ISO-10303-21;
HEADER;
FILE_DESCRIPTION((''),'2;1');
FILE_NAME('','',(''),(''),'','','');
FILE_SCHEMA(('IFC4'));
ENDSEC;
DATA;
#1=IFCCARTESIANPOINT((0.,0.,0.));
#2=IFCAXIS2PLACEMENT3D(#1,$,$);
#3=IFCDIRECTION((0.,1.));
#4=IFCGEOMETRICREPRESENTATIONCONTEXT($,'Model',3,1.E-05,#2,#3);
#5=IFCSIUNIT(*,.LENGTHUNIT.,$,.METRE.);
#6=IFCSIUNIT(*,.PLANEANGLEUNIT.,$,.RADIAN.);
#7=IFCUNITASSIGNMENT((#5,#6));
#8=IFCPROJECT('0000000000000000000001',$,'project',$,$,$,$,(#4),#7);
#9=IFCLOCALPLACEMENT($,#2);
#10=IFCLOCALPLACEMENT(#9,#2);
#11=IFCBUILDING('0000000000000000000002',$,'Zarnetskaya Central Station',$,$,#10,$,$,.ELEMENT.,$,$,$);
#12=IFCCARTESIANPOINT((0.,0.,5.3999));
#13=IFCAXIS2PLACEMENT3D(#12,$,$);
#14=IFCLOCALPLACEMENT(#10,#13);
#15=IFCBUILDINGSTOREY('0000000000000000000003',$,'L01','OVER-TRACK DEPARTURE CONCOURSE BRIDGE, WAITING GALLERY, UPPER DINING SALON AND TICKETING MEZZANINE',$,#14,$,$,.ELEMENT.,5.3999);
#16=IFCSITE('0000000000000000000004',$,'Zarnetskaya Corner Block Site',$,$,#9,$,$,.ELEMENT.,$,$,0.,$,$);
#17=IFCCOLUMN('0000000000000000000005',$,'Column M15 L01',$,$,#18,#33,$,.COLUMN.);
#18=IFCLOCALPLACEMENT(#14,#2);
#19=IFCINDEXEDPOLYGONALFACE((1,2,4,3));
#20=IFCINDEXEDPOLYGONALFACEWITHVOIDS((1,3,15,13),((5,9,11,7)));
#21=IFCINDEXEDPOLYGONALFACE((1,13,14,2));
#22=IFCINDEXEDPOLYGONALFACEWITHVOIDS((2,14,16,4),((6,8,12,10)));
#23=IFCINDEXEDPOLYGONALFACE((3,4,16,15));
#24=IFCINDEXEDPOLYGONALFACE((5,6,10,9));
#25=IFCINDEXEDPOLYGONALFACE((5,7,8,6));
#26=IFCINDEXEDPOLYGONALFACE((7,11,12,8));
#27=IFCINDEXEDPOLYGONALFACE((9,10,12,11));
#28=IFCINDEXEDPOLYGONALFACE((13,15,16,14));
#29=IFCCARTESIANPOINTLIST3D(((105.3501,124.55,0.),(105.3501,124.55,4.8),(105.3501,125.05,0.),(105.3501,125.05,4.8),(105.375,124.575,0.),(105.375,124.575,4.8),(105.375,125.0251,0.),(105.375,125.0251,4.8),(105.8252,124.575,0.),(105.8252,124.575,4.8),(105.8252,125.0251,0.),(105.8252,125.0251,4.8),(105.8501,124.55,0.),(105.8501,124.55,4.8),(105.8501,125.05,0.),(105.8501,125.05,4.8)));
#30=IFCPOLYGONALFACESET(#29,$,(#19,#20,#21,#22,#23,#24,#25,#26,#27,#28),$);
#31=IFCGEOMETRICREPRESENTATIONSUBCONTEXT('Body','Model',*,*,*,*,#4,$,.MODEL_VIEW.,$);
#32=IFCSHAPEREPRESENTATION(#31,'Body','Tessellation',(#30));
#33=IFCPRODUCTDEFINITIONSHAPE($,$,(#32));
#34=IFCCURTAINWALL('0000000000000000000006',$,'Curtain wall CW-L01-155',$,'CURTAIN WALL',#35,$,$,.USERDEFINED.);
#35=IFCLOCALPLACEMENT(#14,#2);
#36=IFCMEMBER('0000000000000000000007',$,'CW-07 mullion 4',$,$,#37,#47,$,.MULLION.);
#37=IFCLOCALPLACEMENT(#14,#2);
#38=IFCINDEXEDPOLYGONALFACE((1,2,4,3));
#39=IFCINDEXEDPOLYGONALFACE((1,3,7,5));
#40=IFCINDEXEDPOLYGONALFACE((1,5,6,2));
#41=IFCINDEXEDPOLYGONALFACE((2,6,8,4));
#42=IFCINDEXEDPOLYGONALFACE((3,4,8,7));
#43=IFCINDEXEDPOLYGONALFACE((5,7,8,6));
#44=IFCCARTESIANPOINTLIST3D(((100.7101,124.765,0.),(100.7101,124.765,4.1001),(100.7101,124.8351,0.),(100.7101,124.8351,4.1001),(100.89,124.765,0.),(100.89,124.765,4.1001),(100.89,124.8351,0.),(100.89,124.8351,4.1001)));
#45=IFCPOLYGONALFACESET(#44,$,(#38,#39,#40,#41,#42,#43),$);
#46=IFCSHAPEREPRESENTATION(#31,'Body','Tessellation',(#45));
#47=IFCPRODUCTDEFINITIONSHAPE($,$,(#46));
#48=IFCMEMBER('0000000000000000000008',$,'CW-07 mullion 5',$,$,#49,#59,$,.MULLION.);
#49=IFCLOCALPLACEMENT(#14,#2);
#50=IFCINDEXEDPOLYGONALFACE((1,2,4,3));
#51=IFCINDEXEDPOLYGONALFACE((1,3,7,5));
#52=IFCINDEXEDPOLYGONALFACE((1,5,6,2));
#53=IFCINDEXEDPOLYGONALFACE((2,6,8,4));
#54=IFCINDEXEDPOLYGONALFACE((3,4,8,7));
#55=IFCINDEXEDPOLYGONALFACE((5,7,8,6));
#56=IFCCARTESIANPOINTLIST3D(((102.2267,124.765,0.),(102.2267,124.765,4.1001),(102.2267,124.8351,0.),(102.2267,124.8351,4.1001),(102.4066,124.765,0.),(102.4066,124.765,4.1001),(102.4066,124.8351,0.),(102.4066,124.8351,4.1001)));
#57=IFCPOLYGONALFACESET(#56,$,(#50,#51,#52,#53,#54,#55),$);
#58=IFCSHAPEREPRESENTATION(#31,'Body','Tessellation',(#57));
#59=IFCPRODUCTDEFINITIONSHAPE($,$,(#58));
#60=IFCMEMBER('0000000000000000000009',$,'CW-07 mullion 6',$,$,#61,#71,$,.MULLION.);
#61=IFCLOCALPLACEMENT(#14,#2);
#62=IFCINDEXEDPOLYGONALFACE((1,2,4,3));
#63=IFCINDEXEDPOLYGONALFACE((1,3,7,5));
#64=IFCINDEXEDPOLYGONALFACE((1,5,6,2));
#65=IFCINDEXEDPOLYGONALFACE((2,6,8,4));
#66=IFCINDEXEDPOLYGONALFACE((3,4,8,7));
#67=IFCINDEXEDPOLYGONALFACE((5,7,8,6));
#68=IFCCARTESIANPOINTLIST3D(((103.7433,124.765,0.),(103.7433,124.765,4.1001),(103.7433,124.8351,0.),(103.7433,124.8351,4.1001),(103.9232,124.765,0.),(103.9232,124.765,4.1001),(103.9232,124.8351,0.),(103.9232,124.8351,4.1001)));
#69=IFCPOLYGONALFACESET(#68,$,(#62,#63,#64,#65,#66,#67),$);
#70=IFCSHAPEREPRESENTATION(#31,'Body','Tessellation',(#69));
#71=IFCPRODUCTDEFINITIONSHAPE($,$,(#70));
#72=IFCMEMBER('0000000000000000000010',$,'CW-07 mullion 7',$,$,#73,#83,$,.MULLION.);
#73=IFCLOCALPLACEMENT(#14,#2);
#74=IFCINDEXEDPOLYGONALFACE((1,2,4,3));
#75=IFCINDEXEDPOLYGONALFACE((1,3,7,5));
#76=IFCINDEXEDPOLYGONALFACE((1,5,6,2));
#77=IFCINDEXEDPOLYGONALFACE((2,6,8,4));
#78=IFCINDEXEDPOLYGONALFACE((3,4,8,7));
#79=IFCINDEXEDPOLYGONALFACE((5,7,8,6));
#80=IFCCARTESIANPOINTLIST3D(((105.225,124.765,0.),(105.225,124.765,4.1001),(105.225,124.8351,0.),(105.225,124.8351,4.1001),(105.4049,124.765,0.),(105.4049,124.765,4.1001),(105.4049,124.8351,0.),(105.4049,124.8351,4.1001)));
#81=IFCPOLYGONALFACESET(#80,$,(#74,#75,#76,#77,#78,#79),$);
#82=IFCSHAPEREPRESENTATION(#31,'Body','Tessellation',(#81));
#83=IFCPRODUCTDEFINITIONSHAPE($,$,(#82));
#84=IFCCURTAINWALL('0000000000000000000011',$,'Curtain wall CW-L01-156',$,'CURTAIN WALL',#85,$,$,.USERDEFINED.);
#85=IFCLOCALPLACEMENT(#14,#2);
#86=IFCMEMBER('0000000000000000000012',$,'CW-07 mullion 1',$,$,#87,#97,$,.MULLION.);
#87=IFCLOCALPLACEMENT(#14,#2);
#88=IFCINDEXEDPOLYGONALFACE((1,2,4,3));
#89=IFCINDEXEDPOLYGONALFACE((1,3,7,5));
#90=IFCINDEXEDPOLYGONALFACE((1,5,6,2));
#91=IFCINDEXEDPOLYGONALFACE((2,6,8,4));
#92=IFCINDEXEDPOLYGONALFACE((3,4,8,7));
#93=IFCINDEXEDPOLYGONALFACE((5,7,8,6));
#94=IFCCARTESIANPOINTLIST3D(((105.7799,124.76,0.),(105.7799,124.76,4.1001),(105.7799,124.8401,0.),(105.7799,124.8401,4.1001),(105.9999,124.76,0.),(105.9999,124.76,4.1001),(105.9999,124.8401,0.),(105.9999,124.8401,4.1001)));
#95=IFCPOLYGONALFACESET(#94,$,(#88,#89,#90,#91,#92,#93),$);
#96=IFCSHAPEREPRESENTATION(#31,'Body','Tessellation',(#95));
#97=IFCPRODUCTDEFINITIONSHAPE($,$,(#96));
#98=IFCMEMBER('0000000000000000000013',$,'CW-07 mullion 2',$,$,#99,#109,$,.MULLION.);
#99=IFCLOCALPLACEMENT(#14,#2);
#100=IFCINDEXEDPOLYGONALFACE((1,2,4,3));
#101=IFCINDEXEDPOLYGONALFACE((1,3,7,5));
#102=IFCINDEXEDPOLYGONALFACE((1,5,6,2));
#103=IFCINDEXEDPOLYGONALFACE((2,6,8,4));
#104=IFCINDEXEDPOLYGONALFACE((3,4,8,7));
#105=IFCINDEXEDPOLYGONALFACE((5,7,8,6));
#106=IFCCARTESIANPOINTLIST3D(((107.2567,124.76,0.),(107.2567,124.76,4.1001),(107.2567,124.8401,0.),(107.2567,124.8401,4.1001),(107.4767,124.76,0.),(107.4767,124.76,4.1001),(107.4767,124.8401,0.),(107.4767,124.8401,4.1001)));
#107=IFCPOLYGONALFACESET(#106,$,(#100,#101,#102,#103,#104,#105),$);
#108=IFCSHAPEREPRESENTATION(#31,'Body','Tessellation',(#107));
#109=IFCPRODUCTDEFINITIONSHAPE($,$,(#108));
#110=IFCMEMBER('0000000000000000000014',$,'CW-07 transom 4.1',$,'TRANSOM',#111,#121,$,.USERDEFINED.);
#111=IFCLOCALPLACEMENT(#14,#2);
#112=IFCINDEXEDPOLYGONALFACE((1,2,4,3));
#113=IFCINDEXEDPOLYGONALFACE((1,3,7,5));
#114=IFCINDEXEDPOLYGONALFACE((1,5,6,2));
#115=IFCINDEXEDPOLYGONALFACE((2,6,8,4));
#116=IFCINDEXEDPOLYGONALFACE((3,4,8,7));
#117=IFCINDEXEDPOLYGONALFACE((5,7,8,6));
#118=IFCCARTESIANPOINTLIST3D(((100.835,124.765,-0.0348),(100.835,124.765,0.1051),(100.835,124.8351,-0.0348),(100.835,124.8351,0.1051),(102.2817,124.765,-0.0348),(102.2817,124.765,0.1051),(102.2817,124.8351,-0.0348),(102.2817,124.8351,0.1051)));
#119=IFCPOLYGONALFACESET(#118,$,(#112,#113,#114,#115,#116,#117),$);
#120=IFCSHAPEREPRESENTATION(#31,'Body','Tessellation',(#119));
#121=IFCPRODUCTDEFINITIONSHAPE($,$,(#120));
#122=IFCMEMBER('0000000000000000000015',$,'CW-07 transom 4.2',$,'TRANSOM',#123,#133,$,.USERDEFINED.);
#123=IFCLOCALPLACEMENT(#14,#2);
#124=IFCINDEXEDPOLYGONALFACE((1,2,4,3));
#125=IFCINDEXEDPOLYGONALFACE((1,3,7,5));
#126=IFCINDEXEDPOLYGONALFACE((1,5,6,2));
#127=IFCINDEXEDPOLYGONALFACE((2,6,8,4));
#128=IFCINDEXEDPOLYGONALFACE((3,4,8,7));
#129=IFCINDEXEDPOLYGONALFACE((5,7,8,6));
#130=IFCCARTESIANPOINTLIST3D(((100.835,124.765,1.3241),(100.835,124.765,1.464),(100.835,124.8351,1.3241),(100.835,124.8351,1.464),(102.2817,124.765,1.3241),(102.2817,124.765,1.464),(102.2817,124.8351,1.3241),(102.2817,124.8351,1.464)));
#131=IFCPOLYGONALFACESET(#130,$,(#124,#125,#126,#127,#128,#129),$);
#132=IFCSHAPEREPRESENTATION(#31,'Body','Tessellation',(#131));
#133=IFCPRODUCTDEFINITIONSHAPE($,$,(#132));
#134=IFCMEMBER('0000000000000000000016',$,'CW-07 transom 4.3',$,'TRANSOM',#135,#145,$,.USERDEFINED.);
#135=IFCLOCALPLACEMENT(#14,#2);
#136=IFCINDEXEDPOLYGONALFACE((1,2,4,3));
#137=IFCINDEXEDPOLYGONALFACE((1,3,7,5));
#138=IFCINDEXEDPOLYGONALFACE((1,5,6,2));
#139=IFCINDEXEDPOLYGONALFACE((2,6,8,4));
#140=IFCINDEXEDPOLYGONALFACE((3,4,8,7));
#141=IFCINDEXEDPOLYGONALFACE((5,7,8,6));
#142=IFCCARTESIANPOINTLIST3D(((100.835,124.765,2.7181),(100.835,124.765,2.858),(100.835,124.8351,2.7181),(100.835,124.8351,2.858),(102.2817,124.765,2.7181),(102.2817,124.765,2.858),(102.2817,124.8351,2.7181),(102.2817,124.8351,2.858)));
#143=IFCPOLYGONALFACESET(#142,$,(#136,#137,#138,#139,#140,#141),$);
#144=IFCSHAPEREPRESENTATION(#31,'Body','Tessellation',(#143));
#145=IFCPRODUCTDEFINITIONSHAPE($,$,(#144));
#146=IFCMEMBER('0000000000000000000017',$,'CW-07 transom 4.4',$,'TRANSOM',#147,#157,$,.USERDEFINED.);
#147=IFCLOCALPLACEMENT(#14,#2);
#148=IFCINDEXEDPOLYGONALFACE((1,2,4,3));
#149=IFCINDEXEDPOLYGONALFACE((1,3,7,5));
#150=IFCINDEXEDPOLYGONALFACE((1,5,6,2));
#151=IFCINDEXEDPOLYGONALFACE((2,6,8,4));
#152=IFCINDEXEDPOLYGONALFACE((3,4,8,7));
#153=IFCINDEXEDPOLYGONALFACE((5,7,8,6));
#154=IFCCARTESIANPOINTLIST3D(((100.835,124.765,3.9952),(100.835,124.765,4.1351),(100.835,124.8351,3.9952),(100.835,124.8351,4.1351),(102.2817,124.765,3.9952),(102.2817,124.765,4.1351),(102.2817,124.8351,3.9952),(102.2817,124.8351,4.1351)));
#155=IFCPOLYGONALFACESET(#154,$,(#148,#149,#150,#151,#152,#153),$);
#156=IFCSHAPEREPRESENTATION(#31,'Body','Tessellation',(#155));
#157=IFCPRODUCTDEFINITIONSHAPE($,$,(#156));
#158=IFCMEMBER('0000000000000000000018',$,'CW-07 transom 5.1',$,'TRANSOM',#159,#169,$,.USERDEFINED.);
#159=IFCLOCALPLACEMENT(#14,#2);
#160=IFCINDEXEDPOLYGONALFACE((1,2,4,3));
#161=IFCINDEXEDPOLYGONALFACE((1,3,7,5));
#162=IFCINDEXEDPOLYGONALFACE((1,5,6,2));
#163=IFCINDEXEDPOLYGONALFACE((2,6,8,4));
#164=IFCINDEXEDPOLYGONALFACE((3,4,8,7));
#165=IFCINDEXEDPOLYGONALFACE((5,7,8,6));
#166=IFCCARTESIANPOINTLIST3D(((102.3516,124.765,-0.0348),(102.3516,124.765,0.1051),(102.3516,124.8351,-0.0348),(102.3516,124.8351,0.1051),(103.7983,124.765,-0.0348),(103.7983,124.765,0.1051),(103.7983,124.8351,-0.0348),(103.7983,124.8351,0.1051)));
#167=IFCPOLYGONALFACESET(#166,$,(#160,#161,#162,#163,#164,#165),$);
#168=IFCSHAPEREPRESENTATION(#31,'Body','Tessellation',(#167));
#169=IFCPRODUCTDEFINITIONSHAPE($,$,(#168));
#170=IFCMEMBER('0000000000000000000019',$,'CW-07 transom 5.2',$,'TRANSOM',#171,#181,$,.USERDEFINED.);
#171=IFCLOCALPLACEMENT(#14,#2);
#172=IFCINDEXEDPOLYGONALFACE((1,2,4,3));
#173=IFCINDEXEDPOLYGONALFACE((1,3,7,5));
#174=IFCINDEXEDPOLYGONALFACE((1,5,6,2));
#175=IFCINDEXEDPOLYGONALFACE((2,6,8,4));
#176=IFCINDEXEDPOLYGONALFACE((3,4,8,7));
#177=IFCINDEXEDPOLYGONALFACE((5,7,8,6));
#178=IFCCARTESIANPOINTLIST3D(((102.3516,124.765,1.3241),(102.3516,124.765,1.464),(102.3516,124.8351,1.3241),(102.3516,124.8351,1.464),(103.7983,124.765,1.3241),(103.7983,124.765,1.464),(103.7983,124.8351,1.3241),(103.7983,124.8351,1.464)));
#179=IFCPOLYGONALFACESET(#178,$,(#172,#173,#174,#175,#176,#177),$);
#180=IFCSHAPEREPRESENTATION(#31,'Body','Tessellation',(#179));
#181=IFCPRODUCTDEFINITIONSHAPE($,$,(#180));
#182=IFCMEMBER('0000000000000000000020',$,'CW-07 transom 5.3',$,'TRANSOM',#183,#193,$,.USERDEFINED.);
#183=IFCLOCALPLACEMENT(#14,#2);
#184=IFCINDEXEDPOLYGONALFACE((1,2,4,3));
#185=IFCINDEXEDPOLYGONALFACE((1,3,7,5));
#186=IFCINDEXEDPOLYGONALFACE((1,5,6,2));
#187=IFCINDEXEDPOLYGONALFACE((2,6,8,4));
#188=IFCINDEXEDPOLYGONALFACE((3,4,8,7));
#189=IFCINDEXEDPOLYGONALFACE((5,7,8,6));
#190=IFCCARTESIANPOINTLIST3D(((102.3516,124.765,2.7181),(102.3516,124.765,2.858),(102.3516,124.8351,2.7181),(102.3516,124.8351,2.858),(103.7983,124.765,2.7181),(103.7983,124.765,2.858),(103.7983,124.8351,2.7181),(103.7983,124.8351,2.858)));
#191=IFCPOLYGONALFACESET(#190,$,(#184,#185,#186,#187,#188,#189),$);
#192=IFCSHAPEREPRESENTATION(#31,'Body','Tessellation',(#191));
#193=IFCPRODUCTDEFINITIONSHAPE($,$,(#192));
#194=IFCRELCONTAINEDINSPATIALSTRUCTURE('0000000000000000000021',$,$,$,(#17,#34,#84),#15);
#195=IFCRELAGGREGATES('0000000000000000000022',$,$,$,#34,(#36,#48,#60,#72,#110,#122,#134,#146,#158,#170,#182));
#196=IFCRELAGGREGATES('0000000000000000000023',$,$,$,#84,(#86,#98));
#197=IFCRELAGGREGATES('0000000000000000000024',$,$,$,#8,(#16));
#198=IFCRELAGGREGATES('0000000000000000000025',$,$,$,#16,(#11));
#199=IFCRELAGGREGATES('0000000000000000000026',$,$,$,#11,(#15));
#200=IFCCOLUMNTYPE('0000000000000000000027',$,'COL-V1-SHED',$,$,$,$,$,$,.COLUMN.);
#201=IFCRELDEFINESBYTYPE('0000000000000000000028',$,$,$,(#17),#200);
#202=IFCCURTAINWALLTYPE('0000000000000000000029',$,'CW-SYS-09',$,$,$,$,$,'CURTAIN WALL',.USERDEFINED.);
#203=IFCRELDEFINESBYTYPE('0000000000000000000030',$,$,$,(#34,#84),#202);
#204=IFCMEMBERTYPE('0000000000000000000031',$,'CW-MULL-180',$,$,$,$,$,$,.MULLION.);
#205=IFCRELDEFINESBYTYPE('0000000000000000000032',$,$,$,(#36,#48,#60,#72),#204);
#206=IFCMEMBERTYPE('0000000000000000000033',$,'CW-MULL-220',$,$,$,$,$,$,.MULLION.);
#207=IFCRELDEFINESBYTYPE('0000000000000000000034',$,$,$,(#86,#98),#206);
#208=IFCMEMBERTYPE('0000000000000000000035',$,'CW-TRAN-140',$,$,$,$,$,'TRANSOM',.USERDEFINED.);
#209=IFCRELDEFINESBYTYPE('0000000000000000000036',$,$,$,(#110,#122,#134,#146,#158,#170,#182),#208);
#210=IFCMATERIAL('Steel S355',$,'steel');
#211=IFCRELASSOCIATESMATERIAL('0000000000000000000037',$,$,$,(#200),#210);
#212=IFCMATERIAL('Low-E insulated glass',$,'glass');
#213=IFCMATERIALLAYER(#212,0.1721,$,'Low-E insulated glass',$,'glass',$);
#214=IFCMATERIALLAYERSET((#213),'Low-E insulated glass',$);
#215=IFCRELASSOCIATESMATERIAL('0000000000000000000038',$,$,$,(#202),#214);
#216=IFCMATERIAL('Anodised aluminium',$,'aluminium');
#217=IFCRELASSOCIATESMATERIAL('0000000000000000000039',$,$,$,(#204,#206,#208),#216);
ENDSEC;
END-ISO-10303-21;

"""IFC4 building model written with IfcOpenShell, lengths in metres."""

from ifc_helpers import new_model, si_unit, direction, frame, origin, origin_2d, place, context, subcontext, project, spatial, rectangle, hollow_rectangle, extrude, material, layer, layer_set, material_profile, profile_set, type_object, element, aggregate, save


model = new_model("IFC4")

# Units and contexts
model_context = context("Model", 3, precision=1e-05, world=origin(), true_north=direction((0.0, 1.0)))
body_context = subcontext(model_context, "Body", "Model", "MODEL_VIEW")
ifc_project = project(units=[si_unit("LENGTHUNIT", "METRE"), si_unit("PLANEANGLEUNIT", "RADIAN")], contexts=[model_context])

# Site, building, storey
site_placement = place(None, origin())
site = spatial("IfcSite", under=ifc_project, at=site_placement, Name="Zarnetskaya Corner Block Site", CompositionType="ELEMENT", RefElevation=0.0)
building_placement = place(site_placement, origin())
building = spatial("IfcBuilding", under=site, at=building_placement, Name="Zarnetskaya Central Station", CompositionType="ELEMENT")
storey_placement = place(building_placement, frame((0.0, 0.0, 5.3999)))
storey = spatial("IfcBuildingStorey", under=building, at=storey_placement, Name="L01", Description="OVER-TRACK DEPARTURE CONCOURSE BRIDGE, WAITING GALLERY, UPPER DINING SALON AND TICKETING MEZZANINE", CompositionType="ELEMENT", Elevation=5.3999)

# Column
ifc_material_1 = material(Name="Steel S355", Category="steel")
ifc_material_profile_1 = material_profile(ifc_material_1, hollow_rectangle(XDim=0.5, YDim=0.5, WallThickness=0.0249, at=origin_2d()), Name="BOX 500x500x25")
ifc_profile_set_1 = profile_set([ifc_material_profile_1], Name="Steel S355")
column_type = type_object("IfcColumnType", Name="COL-V1-SHED", PredefinedType="COLUMN", material=ifc_profile_set_1)
column_placement = place(storey_placement, frame((105.6001, 124.8, 0.0), z_axis=(0.0, 0.0, 1.0), x_axis=(1.0, 0.0, 0.0)))
element("IfcColumn", 1, at=column_placement, inside=storey, type_object=column_type, Name="Column M15 L01", PredefinedType="COLUMN", context=body_context, shape_type="SweptSolid", body=[
    extrude(hollow_rectangle(XDim=0.5, YDim=0.5, WallThickness=0.0249, at=origin_2d()), origin(), (0.0, 0.0, 1.0), 4.8),
])

# Curtain walls, members
ifc_material_2 = material(Name="Low-E insulated glass", Category="glass")
ifc_layer_1 = layer(ifc_material_2, 0.1721, Name="Low-E insulated glass", Category="glass")
ifc_layer_set_1 = layer_set([ifc_layer_1], Name="Low-E insulated glass")
curtain_wall_type = type_object("IfcCurtainWallType", Name="CW-SYS-09", ElementType="CURTAIN WALL", PredefinedType="USERDEFINED", material=ifc_layer_set_1)
curtain_wall_1_placement = place(storey_placement, origin())
curtain_wall_1 = element("IfcCurtainWall", 2, at=curtain_wall_1_placement, inside=storey, type_object=curtain_wall_type, Name="Curtain wall CW-L01-155", ObjectType="CURTAIN WALL", PredefinedType="USERDEFINED")
ifc_material_3 = material(Name="Anodised aluminium", Category="aluminium")
ifc_material_profile_2 = material_profile(ifc_material_3, rectangle(XDim=0.0701, YDim=0.1799, at=origin_2d()), Name="ALU MULL 70x180")
ifc_profile_set_2 = profile_set([ifc_material_profile_2], Name="Anodised aluminium")
member_type_1 = type_object("IfcMemberType", Name="CW-MULL-180", PredefinedType="MULLION", material=ifc_profile_set_2)
member_1_placement = place(storey_placement, frame((100.8, 124.8, 0.0), z_axis=(0.0, 0.0, 1.0), x_axis=(0.0, 1.0, 0.0)))
member_1 = element("IfcMember", 3, at=member_1_placement, type_object=member_type_1, Name="CW-07 mullion 4", PredefinedType="MULLION", context=body_context, shape_type="SweptSolid", body=[
    extrude(rectangle(XDim=0.0701, YDim=0.1799, at=origin_2d()), origin(), (0.0, 0.0, 1.0), 4.1001),
])
member_2_placement = place(storey_placement, frame((102.3167, 124.8, 0.0), z_axis=(0.0, 0.0, 1.0), x_axis=(0.0, 1.0, 0.0)))
member_2 = element("IfcMember", 4, at=member_2_placement, type_object=member_type_1, Name="CW-07 mullion 5", PredefinedType="MULLION", context=body_context, shape_type="SweptSolid", body=[
    extrude(rectangle(XDim=0.0701, YDim=0.1799, at=origin_2d()), origin(), (0.0, 0.0, 1.0), 4.1001),
])
member_3_placement = place(storey_placement, frame((103.8333, 124.8, 0.0), z_axis=(0.0, 0.0, 1.0), x_axis=(0.0, 1.0, 0.0)))
member_3 = element("IfcMember", 5, at=member_3_placement, type_object=member_type_1, Name="CW-07 mullion 6", PredefinedType="MULLION", context=body_context, shape_type="SweptSolid", body=[
    extrude(rectangle(XDim=0.0701, YDim=0.1799, at=origin_2d()), origin(), (0.0, 0.0, 1.0), 4.1001),
])
member_4_placement = place(storey_placement, frame((105.3149, 124.8, 0.0), z_axis=(0.0, 0.0, 1.0), x_axis=(0.0, 1.0, 0.0)))
member_4 = element("IfcMember", 6, at=member_4_placement, type_object=member_type_1, Name="CW-07 mullion 7", PredefinedType="MULLION", context=body_context, shape_type="SweptSolid", body=[
    extrude(rectangle(XDim=0.0701, YDim=0.1799, at=origin_2d()), origin(), (0.0, 0.0, 1.0), 4.1001),
])
curtain_wall_2_placement = place(storey_placement, origin())
curtain_wall_2 = element("IfcCurtainWall", 7, at=curtain_wall_2_placement, inside=storey, type_object=curtain_wall_type, Name="Curtain wall CW-L01-156", ObjectType="CURTAIN WALL", PredefinedType="USERDEFINED")
ifc_material_profile_3 = material_profile(ifc_material_3, rectangle(XDim=0.0801, YDim=0.22, at=origin_2d()), Name="ALU MULL 80x220")
ifc_profile_set_3 = profile_set([ifc_material_profile_3], Name="Anodised aluminium")
member_type_2 = type_object("IfcMemberType", Name="CW-MULL-220", PredefinedType="MULLION", material=ifc_profile_set_3)
member_5_placement = place(storey_placement, frame((105.8899, 124.8, 0.0), z_axis=(0.0, 0.0, 1.0), x_axis=(0.0, 1.0, 0.0)))
member_5 = element("IfcMember", 8, at=member_5_placement, type_object=member_type_2, Name="CW-07 mullion 1", PredefinedType="MULLION", context=body_context, shape_type="SweptSolid", body=[
    extrude(rectangle(XDim=0.0801, YDim=0.22, at=origin_2d()), origin(), (0.0, 0.0, 1.0), 4.1001),
])
member_6_placement = place(storey_placement, frame((107.3667, 124.8, 0.0), z_axis=(0.0, 0.0, 1.0), x_axis=(0.0, 1.0, 0.0)))
member_6 = element("IfcMember", 9, at=member_6_placement, type_object=member_type_2, Name="CW-07 mullion 2", PredefinedType="MULLION", context=body_context, shape_type="SweptSolid", body=[
    extrude(rectangle(XDim=0.0801, YDim=0.22, at=origin_2d()), origin(), (0.0, 0.0, 1.0), 4.1001),
])

# Members
ifc_material_profile_4 = material_profile(ifc_material_3, rectangle(XDim=0.0701, YDim=0.1399, at=origin_2d()), Name="ALU TRAN 70x140")
ifc_profile_set_4 = profile_set([ifc_material_profile_4], Name="Anodised aluminium")
member_type_3 = type_object("IfcMemberType", Name="CW-TRAN-140", ElementType="TRANSOM", PredefinedType="USERDEFINED", material=ifc_profile_set_4)
member_7_placement = place(storey_placement, frame((100.835, 124.8, 0.0352), z_axis=(1.0, 0.0, 0.0), x_axis=(0.0, 1.0, 0.0)))
member_7 = element("IfcMember", 10, at=member_7_placement, type_object=member_type_3, Name="CW-07 transom 4.1", ObjectType="TRANSOM", PredefinedType="USERDEFINED", context=body_context, shape_type="SweptSolid", body=[
    extrude(rectangle(XDim=0.0701, YDim=0.1399, at=origin_2d()), origin(), (0.0, 0.0, 1.0), 1.4468),
])
member_8_placement = place(storey_placement, frame((100.835, 124.8, 1.394), z_axis=(1.0, 0.0, 0.0), x_axis=(0.0, 1.0, 0.0)))
member_8 = element("IfcMember", 11, at=member_8_placement, type_object=member_type_3, Name="CW-07 transom 4.2", ObjectType="TRANSOM", PredefinedType="USERDEFINED", context=body_context, shape_type="SweptSolid", body=[
    extrude(rectangle(XDim=0.0701, YDim=0.1399, at=origin_2d()), origin(), (0.0, 0.0, 1.0), 1.4468),
])
member_9_placement = place(storey_placement, frame((100.835, 124.8, 2.7881), z_axis=(1.0, 0.0, 0.0), x_axis=(0.0, 1.0, 0.0)))
member_9 = element("IfcMember", 12, at=member_9_placement, type_object=member_type_3, Name="CW-07 transom 4.3", ObjectType="TRANSOM", PredefinedType="USERDEFINED", context=body_context, shape_type="SweptSolid", body=[
    extrude(rectangle(XDim=0.0701, YDim=0.1399, at=origin_2d()), origin(), (0.0, 0.0, 1.0), 1.4468),
])
member_10_placement = place(storey_placement, frame((100.835, 124.8, 4.0652), z_axis=(1.0, 0.0, 0.0), x_axis=(0.0, 1.0, 0.0)))
member_10 = element("IfcMember", 13, at=member_10_placement, type_object=member_type_3, Name="CW-07 transom 4.4", ObjectType="TRANSOM", PredefinedType="USERDEFINED", context=body_context, shape_type="SweptSolid", body=[
    extrude(rectangle(XDim=0.0701, YDim=0.1399, at=origin_2d()), origin(), (0.0, 0.0, 1.0), 1.4468),
])
member_11_placement = place(storey_placement, frame((102.3516, 124.8, 0.0352), z_axis=(1.0, 0.0, 0.0), x_axis=(0.0, 1.0, 0.0)))
member_11 = element("IfcMember", 14, at=member_11_placement, type_object=member_type_3, Name="CW-07 transom 5.1", ObjectType="TRANSOM", PredefinedType="USERDEFINED", context=body_context, shape_type="SweptSolid", body=[
    extrude(rectangle(XDim=0.0701, YDim=0.1399, at=origin_2d()), origin(), (0.0, 0.0, 1.0), 1.4468),
])
member_12_placement = place(storey_placement, frame((102.3516, 124.8, 1.394), z_axis=(1.0, 0.0, 0.0), x_axis=(0.0, 1.0, 0.0)))
member_12 = element("IfcMember", 15, at=member_12_placement, type_object=member_type_3, Name="CW-07 transom 5.2", ObjectType="TRANSOM", PredefinedType="USERDEFINED", context=body_context, shape_type="SweptSolid", body=[
    extrude(rectangle(XDim=0.0701, YDim=0.1399, at=origin_2d()), origin(), (0.0, 0.0, 1.0), 1.4468),
])
member_13_placement = place(storey_placement, frame((102.3516, 124.8, 2.7881), z_axis=(1.0, 0.0, 0.0), x_axis=(0.0, 1.0, 0.0)))
member_13 = element("IfcMember", 16, at=member_13_placement, type_object=member_type_3, Name="CW-07 transom 5.3", ObjectType="TRANSOM", PredefinedType="USERDEFINED", context=body_context, shape_type="SweptSolid", body=[
    extrude(rectangle(XDim=0.0701, YDim=0.1399, at=origin_2d()), origin(), (0.0, 0.0, 1.0), 1.4468),
])

aggregate(curtain_wall_1, [member_1, member_2, member_3, member_4, member_7, member_8, member_9, member_10, member_11, member_12, member_13])
aggregate(curtain_wall_2, [member_5, member_6])

save(model, "model.ifc")
